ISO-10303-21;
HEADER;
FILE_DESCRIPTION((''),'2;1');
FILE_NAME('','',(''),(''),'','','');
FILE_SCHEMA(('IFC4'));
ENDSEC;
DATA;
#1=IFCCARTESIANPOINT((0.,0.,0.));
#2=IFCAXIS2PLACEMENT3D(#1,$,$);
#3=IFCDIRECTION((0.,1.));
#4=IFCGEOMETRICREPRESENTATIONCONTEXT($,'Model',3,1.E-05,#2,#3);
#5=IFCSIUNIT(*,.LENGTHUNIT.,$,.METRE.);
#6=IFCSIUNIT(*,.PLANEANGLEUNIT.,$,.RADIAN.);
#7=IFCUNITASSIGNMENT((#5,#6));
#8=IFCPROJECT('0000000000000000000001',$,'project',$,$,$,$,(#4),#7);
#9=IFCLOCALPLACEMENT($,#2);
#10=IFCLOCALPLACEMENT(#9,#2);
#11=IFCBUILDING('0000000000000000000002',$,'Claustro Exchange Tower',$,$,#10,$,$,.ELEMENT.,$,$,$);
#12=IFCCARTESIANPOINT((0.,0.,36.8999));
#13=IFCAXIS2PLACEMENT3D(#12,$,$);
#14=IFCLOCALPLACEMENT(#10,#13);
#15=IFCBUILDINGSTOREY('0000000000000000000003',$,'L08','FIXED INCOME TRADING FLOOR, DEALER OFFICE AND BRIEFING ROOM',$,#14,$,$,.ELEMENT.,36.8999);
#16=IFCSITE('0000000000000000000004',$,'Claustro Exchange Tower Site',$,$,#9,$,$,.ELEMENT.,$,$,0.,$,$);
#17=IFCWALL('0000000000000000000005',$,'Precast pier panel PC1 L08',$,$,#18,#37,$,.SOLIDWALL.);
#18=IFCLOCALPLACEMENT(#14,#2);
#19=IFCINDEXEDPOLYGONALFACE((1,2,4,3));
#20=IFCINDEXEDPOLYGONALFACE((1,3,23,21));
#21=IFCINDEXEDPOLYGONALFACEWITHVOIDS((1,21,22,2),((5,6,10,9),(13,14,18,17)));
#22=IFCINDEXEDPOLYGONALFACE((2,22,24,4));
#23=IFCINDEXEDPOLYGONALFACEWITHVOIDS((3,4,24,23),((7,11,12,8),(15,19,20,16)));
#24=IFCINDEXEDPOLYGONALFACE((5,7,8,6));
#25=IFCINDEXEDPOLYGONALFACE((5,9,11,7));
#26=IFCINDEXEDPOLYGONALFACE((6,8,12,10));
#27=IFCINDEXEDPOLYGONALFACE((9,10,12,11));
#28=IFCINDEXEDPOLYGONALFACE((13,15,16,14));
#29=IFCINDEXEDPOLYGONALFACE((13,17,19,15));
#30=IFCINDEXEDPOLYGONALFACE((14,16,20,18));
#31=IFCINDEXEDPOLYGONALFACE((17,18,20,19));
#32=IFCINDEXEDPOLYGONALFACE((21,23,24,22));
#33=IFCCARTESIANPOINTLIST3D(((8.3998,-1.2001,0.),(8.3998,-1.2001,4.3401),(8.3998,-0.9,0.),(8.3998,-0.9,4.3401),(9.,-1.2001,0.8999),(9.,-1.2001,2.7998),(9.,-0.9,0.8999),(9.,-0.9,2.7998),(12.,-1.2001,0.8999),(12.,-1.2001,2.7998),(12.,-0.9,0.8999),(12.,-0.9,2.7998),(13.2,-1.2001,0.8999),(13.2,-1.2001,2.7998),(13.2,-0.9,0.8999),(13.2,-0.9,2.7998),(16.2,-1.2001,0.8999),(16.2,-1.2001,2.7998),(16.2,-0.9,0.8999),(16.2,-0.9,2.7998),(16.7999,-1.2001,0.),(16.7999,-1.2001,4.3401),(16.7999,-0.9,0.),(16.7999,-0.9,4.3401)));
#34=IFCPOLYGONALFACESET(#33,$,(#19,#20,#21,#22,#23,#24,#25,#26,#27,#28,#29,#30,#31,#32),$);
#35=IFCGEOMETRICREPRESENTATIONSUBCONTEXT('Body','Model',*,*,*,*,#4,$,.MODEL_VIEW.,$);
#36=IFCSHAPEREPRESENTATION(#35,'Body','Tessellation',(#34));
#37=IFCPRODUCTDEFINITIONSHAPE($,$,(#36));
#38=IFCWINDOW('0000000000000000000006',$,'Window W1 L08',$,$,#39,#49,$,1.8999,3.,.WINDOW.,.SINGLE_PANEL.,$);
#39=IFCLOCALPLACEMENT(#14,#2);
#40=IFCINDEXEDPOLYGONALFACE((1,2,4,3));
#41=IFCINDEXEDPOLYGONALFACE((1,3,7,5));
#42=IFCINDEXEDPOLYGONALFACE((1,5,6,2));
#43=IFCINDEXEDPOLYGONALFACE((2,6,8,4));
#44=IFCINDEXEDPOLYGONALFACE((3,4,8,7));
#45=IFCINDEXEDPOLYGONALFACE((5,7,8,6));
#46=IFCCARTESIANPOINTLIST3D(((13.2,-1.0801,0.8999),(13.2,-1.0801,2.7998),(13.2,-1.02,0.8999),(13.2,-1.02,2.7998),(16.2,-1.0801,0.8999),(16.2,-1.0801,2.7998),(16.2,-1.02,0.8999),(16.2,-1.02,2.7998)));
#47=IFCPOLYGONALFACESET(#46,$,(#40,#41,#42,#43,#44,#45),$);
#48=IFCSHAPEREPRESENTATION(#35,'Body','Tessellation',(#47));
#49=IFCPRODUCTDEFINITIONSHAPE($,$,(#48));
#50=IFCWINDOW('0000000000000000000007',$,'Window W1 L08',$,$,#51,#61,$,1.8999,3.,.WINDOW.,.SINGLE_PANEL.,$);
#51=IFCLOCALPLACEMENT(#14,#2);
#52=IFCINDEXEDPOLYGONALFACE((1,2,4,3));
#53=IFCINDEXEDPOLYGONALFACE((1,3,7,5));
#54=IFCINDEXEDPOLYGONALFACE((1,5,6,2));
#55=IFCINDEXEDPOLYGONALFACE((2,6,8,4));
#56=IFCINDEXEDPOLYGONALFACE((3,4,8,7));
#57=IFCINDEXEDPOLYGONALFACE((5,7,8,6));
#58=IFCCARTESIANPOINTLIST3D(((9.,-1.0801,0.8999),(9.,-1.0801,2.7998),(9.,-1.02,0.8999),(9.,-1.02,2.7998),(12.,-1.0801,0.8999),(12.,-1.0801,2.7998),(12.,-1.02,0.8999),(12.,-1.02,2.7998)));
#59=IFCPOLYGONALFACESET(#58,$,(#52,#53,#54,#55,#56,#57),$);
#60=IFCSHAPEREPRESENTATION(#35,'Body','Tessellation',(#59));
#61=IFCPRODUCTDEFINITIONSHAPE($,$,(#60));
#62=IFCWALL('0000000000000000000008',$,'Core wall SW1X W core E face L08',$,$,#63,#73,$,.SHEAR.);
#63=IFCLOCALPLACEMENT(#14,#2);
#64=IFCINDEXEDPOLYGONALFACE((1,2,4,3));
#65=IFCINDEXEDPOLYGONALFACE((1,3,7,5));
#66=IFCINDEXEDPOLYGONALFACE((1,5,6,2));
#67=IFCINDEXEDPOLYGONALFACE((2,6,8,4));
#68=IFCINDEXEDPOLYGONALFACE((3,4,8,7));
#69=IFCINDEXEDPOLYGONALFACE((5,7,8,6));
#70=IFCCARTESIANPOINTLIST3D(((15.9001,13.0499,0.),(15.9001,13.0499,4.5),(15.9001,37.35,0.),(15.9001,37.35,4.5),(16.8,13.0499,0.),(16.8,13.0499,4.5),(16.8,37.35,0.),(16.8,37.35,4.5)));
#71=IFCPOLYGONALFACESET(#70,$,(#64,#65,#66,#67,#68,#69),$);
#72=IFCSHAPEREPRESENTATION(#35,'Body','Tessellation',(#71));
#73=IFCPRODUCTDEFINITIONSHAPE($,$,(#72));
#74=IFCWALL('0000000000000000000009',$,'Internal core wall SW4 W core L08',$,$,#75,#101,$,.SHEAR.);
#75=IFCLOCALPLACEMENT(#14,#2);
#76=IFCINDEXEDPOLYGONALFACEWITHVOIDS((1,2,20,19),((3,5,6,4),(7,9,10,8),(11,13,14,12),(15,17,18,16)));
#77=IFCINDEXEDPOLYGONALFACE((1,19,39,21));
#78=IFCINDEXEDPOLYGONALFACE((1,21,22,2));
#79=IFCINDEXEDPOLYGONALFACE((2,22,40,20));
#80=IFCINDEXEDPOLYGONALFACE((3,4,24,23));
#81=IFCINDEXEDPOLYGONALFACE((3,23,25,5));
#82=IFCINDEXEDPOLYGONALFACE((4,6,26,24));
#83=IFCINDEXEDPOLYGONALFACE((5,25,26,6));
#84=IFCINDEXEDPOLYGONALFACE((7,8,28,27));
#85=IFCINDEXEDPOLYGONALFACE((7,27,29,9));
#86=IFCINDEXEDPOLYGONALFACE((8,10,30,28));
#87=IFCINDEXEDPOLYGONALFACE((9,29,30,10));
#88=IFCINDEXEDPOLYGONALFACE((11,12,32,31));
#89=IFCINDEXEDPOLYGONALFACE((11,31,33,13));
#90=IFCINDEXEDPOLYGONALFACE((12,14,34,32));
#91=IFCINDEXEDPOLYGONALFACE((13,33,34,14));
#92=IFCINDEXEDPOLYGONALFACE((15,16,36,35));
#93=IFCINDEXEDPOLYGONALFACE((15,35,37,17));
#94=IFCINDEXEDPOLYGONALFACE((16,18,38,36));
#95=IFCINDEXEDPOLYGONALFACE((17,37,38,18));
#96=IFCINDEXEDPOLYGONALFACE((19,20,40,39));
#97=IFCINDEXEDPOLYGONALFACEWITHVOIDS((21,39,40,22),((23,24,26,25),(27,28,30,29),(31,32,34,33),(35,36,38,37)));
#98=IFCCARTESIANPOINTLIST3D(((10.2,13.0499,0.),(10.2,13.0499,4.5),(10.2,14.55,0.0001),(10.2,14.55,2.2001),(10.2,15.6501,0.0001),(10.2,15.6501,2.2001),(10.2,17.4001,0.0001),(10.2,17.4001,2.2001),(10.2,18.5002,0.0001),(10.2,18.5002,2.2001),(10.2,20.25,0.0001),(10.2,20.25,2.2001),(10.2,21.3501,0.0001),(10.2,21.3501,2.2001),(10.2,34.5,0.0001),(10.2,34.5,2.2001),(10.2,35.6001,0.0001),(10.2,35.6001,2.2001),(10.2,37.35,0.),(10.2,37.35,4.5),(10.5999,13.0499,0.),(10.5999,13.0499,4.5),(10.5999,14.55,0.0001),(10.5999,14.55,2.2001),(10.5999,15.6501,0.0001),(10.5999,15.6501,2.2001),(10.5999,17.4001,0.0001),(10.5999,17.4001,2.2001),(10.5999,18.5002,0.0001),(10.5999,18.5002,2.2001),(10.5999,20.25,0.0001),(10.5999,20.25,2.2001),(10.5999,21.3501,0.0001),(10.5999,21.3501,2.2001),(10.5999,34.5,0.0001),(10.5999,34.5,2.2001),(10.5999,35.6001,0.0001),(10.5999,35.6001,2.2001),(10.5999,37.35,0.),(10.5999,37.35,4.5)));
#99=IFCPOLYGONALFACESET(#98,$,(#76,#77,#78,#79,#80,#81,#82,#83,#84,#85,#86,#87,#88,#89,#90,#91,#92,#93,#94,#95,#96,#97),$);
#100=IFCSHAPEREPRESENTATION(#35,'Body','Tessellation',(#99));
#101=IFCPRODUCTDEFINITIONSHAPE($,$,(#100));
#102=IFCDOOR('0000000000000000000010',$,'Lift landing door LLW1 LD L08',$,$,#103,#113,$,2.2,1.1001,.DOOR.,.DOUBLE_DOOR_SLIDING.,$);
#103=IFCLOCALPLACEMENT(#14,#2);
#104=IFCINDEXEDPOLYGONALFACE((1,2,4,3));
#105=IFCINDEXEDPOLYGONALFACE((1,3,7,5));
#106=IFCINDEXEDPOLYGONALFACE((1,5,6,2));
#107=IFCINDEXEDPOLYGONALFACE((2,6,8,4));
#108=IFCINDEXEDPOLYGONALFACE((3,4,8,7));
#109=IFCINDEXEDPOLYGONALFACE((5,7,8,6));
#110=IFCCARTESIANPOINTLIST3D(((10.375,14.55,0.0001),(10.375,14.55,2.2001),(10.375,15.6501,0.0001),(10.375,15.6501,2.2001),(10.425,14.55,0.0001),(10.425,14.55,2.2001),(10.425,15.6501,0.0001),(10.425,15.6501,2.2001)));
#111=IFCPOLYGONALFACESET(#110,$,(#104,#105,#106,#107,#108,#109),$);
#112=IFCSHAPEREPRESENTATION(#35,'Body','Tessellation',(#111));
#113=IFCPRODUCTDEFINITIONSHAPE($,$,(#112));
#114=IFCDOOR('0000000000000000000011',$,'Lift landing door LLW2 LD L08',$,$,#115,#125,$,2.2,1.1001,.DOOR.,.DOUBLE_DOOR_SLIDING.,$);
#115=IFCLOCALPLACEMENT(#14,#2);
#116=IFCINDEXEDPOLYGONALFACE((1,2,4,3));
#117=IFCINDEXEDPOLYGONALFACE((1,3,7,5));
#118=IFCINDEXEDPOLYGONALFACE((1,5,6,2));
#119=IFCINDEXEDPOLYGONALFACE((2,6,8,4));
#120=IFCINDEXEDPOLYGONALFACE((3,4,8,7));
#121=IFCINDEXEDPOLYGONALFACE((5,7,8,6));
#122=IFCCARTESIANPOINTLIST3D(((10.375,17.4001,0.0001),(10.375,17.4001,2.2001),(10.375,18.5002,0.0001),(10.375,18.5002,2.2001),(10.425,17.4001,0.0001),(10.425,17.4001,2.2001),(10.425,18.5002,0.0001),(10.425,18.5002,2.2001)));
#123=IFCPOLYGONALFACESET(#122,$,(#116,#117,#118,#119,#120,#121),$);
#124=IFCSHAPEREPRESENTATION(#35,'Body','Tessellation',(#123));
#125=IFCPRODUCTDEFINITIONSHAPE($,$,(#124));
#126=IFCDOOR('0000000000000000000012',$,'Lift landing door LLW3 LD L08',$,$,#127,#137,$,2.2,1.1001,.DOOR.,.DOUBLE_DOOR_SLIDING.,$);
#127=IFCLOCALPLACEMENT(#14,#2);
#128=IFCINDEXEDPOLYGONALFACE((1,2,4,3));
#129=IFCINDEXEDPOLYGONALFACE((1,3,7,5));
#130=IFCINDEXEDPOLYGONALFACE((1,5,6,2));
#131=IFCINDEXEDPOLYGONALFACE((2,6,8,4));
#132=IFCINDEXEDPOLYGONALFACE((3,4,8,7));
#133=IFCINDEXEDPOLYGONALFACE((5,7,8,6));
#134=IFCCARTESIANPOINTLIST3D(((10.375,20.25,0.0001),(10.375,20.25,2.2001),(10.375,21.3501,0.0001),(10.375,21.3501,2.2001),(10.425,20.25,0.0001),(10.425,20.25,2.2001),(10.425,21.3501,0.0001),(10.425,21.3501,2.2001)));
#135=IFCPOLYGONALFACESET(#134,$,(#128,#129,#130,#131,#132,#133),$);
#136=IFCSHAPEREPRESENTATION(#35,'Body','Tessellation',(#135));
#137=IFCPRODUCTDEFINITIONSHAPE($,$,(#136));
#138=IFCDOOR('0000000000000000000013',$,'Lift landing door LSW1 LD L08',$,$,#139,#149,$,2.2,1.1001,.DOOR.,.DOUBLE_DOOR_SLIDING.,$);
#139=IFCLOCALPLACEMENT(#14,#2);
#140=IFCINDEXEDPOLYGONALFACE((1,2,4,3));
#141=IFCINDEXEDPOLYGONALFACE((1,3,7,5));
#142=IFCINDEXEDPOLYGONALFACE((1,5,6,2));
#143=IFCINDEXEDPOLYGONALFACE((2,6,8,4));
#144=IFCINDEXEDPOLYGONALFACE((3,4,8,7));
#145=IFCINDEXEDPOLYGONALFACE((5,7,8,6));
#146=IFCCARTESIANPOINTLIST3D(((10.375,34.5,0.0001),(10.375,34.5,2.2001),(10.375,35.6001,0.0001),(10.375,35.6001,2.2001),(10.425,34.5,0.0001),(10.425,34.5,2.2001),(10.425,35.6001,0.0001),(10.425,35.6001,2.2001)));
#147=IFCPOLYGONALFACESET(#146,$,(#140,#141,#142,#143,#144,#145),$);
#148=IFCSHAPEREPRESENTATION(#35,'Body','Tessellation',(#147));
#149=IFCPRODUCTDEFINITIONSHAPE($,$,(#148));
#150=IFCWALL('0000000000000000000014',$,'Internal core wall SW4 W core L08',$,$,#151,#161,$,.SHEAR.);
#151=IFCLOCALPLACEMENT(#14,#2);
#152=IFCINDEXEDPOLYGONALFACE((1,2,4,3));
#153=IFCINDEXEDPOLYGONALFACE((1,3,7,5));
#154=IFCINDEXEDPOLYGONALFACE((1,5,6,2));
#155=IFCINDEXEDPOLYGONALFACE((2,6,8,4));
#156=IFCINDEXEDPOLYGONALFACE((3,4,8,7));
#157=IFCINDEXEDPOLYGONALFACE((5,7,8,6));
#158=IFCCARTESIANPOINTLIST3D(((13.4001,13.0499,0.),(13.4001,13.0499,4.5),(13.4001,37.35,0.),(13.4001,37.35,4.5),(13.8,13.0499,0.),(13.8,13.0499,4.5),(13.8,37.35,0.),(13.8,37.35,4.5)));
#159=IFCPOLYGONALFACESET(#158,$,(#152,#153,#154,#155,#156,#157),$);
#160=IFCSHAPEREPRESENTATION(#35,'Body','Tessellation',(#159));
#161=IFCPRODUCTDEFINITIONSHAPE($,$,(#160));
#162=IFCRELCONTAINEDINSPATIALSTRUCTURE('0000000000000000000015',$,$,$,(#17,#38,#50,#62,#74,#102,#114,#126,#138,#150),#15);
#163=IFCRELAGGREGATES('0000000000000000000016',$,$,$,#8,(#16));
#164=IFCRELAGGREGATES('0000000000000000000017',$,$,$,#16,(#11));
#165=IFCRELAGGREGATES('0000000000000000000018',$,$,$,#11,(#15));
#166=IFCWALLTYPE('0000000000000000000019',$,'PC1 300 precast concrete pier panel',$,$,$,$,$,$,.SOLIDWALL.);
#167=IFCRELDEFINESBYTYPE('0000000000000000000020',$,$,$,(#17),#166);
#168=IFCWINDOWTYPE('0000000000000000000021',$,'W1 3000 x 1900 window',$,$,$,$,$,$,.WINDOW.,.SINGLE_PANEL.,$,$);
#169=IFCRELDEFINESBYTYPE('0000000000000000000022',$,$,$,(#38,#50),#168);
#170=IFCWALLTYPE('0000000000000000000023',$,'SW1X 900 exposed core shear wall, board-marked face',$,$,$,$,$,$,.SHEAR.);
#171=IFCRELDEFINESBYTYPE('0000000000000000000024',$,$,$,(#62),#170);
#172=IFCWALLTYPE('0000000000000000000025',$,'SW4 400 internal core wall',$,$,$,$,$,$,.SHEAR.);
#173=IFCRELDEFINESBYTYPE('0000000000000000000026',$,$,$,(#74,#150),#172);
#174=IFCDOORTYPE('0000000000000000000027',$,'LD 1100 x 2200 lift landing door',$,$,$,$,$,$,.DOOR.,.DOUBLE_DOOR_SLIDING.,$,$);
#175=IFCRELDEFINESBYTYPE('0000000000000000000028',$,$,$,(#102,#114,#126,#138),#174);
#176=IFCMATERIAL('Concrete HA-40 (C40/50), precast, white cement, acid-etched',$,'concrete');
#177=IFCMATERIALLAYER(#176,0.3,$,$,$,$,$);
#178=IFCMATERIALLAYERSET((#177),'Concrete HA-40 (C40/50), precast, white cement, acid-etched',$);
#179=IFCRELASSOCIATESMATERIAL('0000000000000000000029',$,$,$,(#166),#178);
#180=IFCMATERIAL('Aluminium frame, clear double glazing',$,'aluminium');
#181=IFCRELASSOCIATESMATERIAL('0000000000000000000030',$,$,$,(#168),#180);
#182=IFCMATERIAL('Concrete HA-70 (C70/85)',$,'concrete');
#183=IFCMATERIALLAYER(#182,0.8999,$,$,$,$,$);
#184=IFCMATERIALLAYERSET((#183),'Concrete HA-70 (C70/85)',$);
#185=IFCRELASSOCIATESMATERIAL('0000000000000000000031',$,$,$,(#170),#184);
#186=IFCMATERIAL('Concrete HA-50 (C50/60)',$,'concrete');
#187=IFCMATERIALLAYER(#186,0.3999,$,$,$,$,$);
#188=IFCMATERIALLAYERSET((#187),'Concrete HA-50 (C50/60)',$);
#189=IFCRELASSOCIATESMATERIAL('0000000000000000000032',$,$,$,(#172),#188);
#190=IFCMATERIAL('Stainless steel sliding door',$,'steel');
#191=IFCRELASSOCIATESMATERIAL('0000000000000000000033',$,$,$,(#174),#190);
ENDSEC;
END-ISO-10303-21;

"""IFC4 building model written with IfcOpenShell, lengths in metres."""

from ifc_helpers import new_model, si_unit, direction, frame, frame_2d, origin, place, context, subcontext, project, spatial, rectangle, extrude, material, layer, layer_set, type_object, element, fill, save


model = new_model("IFC4")

# Units and contexts
model_context = context("Model", 3, precision=1e-05, world=origin(), true_north=direction((0.0, 1.0)))
body_context = subcontext(model_context, "Body", "Model", "MODEL_VIEW")
ifc_project = project(units=[si_unit("LENGTHUNIT", "METRE"), si_unit("PLANEANGLEUNIT", "RADIAN")], contexts=[model_context])

# Site, building, storey
site_placement = place(None, origin())
site = spatial("IfcSite", under=ifc_project, at=site_placement, Name="Claustro Exchange Tower Site", CompositionType="ELEMENT", RefElevation=0.0)
building_placement = place(site_placement, origin())
building = spatial("IfcBuilding", under=site, at=building_placement, Name="Claustro Exchange Tower", CompositionType="ELEMENT")
storey_placement = place(building_placement, frame((0.0, 0.0, 36.8999)))
storey = spatial("IfcBuildingStorey", under=building, at=storey_placement, Name="L08", Description="FIXED INCOME TRADING FLOOR, DEALER OFFICE AND BRIEFING ROOM", CompositionType="ELEMENT", Elevation=36.8999)

# Wall, openings, windows
ifc_material_1 = material(Name="Concrete HA-40 (C40/50), precast, white cement, acid-etched", Category="concrete")
ifc_layer_1 = layer(ifc_material_1, 0.3)
ifc_layer_set_1 = layer_set([ifc_layer_1], Name="Concrete HA-40 (C40/50), precast, white cement, acid-etched")
wall_type_1 = type_object("IfcWallType", Name="PC1 300 precast concrete pier panel", PredefinedType="SOLIDWALL", material=ifc_layer_set_1)
wall_1_placement = place(storey_placement, frame((16.8, -1.05, 0.0), z_axis=(0.0, 0.0, 1.0), x_axis=(-1.0, 0.0, 0.0)))
wall_1 = element("IfcWall", 1, at=wall_1_placement, inside=storey, type_object=wall_type_1, Name="Precast pier panel PC1 L08", PredefinedType="SOLIDWALL", context=body_context, shape_type="SweptSolid", body=[
    extrude(rectangle(XDim=8.4001, YDim=0.3, at=frame_2d((4.2002, 0.0))), origin(), (0.0, 0.0, 1.0), 4.3401),
])
opening_1_placement = place(wall_1_placement, frame((0.6001, 0.0, 0.8999)))
opening_1 = element("IfcOpeningElement", 2, at=opening_1_placement, cuts=wall_1, PredefinedType="OPENING", context=body_context, shape_type="SweptSolid", body=[
    extrude(rectangle(XDim=3.0, YDim=1.8999, at=frame_2d((1.5, 0.95))), frame((0.0, 0.1599, 0.0), z_axis=(0.0, -1.0, 0.0), x_axis=(1.0, 0.0, 0.0)), (0.0, 0.0, 1.0), 0.3201),
])
opening_2_placement = place(wall_1_placement, frame((4.8, 0.0, 0.8999)))
opening_2 = element("IfcOpeningElement", 3, at=opening_2_placement, cuts=wall_1, PredefinedType="OPENING", context=body_context, shape_type="SweptSolid", body=[
    extrude(rectangle(XDim=3.0, YDim=1.8999, at=frame_2d((1.5, 0.95))), frame((0.0, 0.1599, 0.0), z_axis=(0.0, -1.0, 0.0), x_axis=(1.0, 0.0, 0.0)), (0.0, 0.0, 1.0), 0.3201),
])
ifc_material_2 = material(Name="Aluminium frame, clear double glazing", Category="aluminium")
window_type = type_object("IfcWindowType", Name="W1 3000 x 1900 window", PartitioningType="SINGLE_PANEL", PredefinedType="WINDOW", material=ifc_material_2)
window_1_placement = place(opening_1_placement, origin())
window_1 = element("IfcWindow", 4, at=window_1_placement, inside=storey, type_object=window_type, Name="Window W1 L08", OverallHeight=1.8999, OverallWidth=3.0, PartitioningType="SINGLE_PANEL", PredefinedType="WINDOW", context=body_context, shape_type="SweptSolid", body=[
    extrude(rectangle(XDim=3.0, YDim=1.8999, at=frame_2d((1.5, 0.95))), frame((0.0, 0.03, 0.0), z_axis=(0.0, -1.0, 0.0), x_axis=(1.0, 0.0, 0.0)), (0.0, 0.0, 1.0), 0.0601),
])
fill(opening_1, window_1)
window_2_placement = place(opening_2_placement, origin())
window_2 = element("IfcWindow", 5, at=window_2_placement, inside=storey, type_object=window_type, Name="Window W1 L08", OverallHeight=1.8999, OverallWidth=3.0, PartitioningType="SINGLE_PANEL", PredefinedType="WINDOW", context=body_context, shape_type="SweptSolid", body=[
    extrude(rectangle(XDim=3.0, YDim=1.8999, at=frame_2d((1.5, 0.95))), frame((0.0, 0.03, 0.0), z_axis=(0.0, -1.0, 0.0), x_axis=(1.0, 0.0, 0.0)), (0.0, 0.0, 1.0), 0.0601),
])
fill(opening_2, window_2)

# Wall
ifc_material_3 = material(Name="Concrete HA-70 (C70/85)", Category="concrete")
ifc_layer_2 = layer(ifc_material_3, 0.8999)
ifc_layer_set_2 = layer_set([ifc_layer_2], Name="Concrete HA-70 (C70/85)")
wall_type_2 = type_object("IfcWallType", Name="SW1X 900 exposed core shear wall, board-marked face", PredefinedType="SHEAR", material=ifc_layer_set_2)
wall_2_placement = place(storey_placement, frame((16.3501, 13.05, 0.0), z_axis=(0.0, 0.0, 1.0), x_axis=(0.0, 1.0, 0.0)))
element("IfcWall", 6, at=wall_2_placement, inside=storey, type_object=wall_type_2, Name="Core wall SW1X W core E face L08", PredefinedType="SHEAR", context=body_context, shape_type="SweptSolid", body=[
    extrude(rectangle(XDim=24.3, YDim=0.8999, at=frame_2d((12.1499, 0.0))), origin(), (0.0, 0.0, 1.0), 4.5),
])

# Wall, openings, doors
ifc_material_4 = material(Name="Concrete HA-50 (C50/60)", Category="concrete")
ifc_layer_3 = layer(ifc_material_4, 0.3999)
ifc_layer_set_3 = layer_set([ifc_layer_3], Name="Concrete HA-50 (C50/60)")
wall_type_3 = type_object("IfcWallType", Name="SW4 400 internal core wall", PredefinedType="SHEAR", material=ifc_layer_set_3)
wall_3_placement = place(storey_placement, frame((10.3999, 13.05, 0.0), z_axis=(0.0, 0.0, 1.0), x_axis=(0.0, 1.0, 0.0)))
wall_3 = element("IfcWall", 7, at=wall_3_placement, inside=storey, type_object=wall_type_3, Name="Internal core wall SW4 W core L08", PredefinedType="SHEAR", context=body_context, shape_type="SweptSolid", body=[
    extrude(rectangle(XDim=24.3, YDim=0.3999, at=frame_2d((12.1499, 0.0))), origin(), (0.0, 0.0, 1.0), 4.5),
])
opening_3_placement = place(wall_3_placement, frame((1.5, 0.0, 0.0)))
opening_3 = element("IfcOpeningElement", 8, at=opening_3_placement, cuts=wall_3, PredefinedType="OPENING", context=body_context, shape_type="SweptSolid", body=[
    extrude(rectangle(XDim=1.1001, YDim=2.2, at=frame_2d((0.55, 1.1001))), frame((0.0, 0.21, 0.0), z_axis=(0.0, -1.0, 0.0), x_axis=(1.0, 0.0, 0.0)), (0.0, 0.0, 1.0), 0.4199),
])
opening_4_placement = place(wall_3_placement, frame((4.3501, 0.0, 0.0)))
opening_4 = element("IfcOpeningElement", 9, at=opening_4_placement, cuts=wall_3, PredefinedType="OPENING", context=body_context, shape_type="SweptSolid", body=[
    extrude(rectangle(XDim=1.1001, YDim=2.2, at=frame_2d((0.55, 1.1001))), frame((0.0, 0.21, 0.0), z_axis=(0.0, -1.0, 0.0), x_axis=(1.0, 0.0, 0.0)), (0.0, 0.0, 1.0), 0.4199),
])
opening_5_placement = place(wall_3_placement, frame((7.2, 0.0, 0.0)))
opening_5 = element("IfcOpeningElement", 10, at=opening_5_placement, cuts=wall_3, PredefinedType="OPENING", context=body_context, shape_type="SweptSolid", body=[
    extrude(rectangle(XDim=1.1001, YDim=2.2, at=frame_2d((0.55, 1.1001))), frame((0.0, 0.21, 0.0), z_axis=(0.0, -1.0, 0.0), x_axis=(1.0, 0.0, 0.0)), (0.0, 0.0, 1.0), 0.4199),
])
opening_6_placement = place(wall_3_placement, frame((21.45, 0.0, 0.0)))
opening_6 = element("IfcOpeningElement", 11, at=opening_6_placement, cuts=wall_3, PredefinedType="OPENING", context=body_context, shape_type="SweptSolid", body=[
    extrude(rectangle(XDim=1.1001, YDim=2.2, at=frame_2d((0.55, 1.1001))), frame((0.0, 0.21, 0.0), z_axis=(0.0, -1.0, 0.0), x_axis=(1.0, 0.0, 0.0)), (0.0, 0.0, 1.0), 0.4199),
])
ifc_material_5 = material(Name="Stainless steel sliding door", Category="steel")
door_type_1 = type_object("IfcDoorType", Name="LD 1100 x 2200 lift landing door", OperationType="DOUBLE_DOOR_SLIDING", PredefinedType="DOOR", material=ifc_material_5)
door_1_placement = place(opening_3_placement, origin())
door_1 = element("IfcDoor", 12, at=door_1_placement, inside=storey, type_object=door_type_1, Name="Lift landing door LLW1 LD L08", OperationType="DOUBLE_DOOR_SLIDING", OverallHeight=2.2, OverallWidth=1.1001, PredefinedType="DOOR", context=body_context, shape_type="SweptSolid", body=[
    extrude(rectangle(XDim=1.1001, YDim=2.2, at=frame_2d((0.55, 1.1001))), frame((0.0, 0.0249, 0.0), z_axis=(0.0, -1.0, 0.0), x_axis=(1.0, 0.0, 0.0)), (0.0, 0.0, 1.0), 0.05),
])
fill(opening_3, door_1)
door_2_placement = place(opening_4_placement, origin())
door_2 = element("IfcDoor", 13, at=door_2_placement, inside=storey, type_object=door_type_1, Name="Lift landing door LLW2 LD L08", OperationType="DOUBLE_DOOR_SLIDING", OverallHeight=2.2, OverallWidth=1.1001, PredefinedType="DOOR", context=body_context, shape_type="SweptSolid", body=[
    extrude(rectangle(XDim=1.1001, YDim=2.2, at=frame_2d((0.55, 1.1001))), frame((0.0, 0.0249, 0.0), z_axis=(0.0, -1.0, 0.0), x_axis=(1.0, 0.0, 0.0)), (0.0, 0.0, 1.0), 0.05),
])
fill(opening_4, door_2)
door_3_placement = place(opening_5_placement, origin())
door_3 = element("IfcDoor", 14, at=door_3_placement, inside=storey, type_object=door_type_1, Name="Lift landing door LLW3 LD L08", OperationType="DOUBLE_DOOR_SLIDING", OverallHeight=2.2, OverallWidth=1.1001, PredefinedType="DOOR", context=body_context, shape_type="SweptSolid", body=[
    extrude(rectangle(XDim=1.1001, YDim=2.2, at=frame_2d((0.55, 1.1001))), frame((0.0, 0.0249, 0.0), z_axis=(0.0, -1.0, 0.0), x_axis=(1.0, 0.0, 0.0)), (0.0, 0.0, 1.0), 0.05),
])
fill(opening_5, door_3)
door_4_placement = place(opening_6_placement, origin())
door_4 = element("IfcDoor", 15, at=door_4_placement, inside=storey, type_object=door_type_1, Name="Lift landing door LSW1 LD L08", OperationType="DOUBLE_DOOR_SLIDING", OverallHeight=2.2, OverallWidth=1.1001, PredefinedType="DOOR", context=body_context, shape_type="SweptSolid", body=[
    extrude(rectangle(XDim=1.1001, YDim=2.2, at=frame_2d((0.55, 1.1001))), frame((0.0, 0.0249, 0.0), z_axis=(0.0, -1.0, 0.0), x_axis=(1.0, 0.0, 0.0)), (0.0, 0.0, 1.0), 0.05),
])
fill(opening_6, door_4)

# Wall
wall_4_placement = place(storey_placement, frame((13.6001, 13.05, 0.0), z_axis=(0.0, 0.0, 1.0), x_axis=(0.0, 1.0, 0.0)))
element("IfcWall", 16, at=wall_4_placement, inside=storey, type_object=wall_type_3, Name="Internal core wall SW4 W core L08", PredefinedType="SHEAR", context=body_context, shape_type="SweptSolid", body=[
    extrude(rectangle(XDim=24.3, YDim=0.3999, at=frame_2d((12.1499, 0.0))), origin(), (0.0, 0.0, 1.0), 4.5),
])

save(model, "model.ifc")
